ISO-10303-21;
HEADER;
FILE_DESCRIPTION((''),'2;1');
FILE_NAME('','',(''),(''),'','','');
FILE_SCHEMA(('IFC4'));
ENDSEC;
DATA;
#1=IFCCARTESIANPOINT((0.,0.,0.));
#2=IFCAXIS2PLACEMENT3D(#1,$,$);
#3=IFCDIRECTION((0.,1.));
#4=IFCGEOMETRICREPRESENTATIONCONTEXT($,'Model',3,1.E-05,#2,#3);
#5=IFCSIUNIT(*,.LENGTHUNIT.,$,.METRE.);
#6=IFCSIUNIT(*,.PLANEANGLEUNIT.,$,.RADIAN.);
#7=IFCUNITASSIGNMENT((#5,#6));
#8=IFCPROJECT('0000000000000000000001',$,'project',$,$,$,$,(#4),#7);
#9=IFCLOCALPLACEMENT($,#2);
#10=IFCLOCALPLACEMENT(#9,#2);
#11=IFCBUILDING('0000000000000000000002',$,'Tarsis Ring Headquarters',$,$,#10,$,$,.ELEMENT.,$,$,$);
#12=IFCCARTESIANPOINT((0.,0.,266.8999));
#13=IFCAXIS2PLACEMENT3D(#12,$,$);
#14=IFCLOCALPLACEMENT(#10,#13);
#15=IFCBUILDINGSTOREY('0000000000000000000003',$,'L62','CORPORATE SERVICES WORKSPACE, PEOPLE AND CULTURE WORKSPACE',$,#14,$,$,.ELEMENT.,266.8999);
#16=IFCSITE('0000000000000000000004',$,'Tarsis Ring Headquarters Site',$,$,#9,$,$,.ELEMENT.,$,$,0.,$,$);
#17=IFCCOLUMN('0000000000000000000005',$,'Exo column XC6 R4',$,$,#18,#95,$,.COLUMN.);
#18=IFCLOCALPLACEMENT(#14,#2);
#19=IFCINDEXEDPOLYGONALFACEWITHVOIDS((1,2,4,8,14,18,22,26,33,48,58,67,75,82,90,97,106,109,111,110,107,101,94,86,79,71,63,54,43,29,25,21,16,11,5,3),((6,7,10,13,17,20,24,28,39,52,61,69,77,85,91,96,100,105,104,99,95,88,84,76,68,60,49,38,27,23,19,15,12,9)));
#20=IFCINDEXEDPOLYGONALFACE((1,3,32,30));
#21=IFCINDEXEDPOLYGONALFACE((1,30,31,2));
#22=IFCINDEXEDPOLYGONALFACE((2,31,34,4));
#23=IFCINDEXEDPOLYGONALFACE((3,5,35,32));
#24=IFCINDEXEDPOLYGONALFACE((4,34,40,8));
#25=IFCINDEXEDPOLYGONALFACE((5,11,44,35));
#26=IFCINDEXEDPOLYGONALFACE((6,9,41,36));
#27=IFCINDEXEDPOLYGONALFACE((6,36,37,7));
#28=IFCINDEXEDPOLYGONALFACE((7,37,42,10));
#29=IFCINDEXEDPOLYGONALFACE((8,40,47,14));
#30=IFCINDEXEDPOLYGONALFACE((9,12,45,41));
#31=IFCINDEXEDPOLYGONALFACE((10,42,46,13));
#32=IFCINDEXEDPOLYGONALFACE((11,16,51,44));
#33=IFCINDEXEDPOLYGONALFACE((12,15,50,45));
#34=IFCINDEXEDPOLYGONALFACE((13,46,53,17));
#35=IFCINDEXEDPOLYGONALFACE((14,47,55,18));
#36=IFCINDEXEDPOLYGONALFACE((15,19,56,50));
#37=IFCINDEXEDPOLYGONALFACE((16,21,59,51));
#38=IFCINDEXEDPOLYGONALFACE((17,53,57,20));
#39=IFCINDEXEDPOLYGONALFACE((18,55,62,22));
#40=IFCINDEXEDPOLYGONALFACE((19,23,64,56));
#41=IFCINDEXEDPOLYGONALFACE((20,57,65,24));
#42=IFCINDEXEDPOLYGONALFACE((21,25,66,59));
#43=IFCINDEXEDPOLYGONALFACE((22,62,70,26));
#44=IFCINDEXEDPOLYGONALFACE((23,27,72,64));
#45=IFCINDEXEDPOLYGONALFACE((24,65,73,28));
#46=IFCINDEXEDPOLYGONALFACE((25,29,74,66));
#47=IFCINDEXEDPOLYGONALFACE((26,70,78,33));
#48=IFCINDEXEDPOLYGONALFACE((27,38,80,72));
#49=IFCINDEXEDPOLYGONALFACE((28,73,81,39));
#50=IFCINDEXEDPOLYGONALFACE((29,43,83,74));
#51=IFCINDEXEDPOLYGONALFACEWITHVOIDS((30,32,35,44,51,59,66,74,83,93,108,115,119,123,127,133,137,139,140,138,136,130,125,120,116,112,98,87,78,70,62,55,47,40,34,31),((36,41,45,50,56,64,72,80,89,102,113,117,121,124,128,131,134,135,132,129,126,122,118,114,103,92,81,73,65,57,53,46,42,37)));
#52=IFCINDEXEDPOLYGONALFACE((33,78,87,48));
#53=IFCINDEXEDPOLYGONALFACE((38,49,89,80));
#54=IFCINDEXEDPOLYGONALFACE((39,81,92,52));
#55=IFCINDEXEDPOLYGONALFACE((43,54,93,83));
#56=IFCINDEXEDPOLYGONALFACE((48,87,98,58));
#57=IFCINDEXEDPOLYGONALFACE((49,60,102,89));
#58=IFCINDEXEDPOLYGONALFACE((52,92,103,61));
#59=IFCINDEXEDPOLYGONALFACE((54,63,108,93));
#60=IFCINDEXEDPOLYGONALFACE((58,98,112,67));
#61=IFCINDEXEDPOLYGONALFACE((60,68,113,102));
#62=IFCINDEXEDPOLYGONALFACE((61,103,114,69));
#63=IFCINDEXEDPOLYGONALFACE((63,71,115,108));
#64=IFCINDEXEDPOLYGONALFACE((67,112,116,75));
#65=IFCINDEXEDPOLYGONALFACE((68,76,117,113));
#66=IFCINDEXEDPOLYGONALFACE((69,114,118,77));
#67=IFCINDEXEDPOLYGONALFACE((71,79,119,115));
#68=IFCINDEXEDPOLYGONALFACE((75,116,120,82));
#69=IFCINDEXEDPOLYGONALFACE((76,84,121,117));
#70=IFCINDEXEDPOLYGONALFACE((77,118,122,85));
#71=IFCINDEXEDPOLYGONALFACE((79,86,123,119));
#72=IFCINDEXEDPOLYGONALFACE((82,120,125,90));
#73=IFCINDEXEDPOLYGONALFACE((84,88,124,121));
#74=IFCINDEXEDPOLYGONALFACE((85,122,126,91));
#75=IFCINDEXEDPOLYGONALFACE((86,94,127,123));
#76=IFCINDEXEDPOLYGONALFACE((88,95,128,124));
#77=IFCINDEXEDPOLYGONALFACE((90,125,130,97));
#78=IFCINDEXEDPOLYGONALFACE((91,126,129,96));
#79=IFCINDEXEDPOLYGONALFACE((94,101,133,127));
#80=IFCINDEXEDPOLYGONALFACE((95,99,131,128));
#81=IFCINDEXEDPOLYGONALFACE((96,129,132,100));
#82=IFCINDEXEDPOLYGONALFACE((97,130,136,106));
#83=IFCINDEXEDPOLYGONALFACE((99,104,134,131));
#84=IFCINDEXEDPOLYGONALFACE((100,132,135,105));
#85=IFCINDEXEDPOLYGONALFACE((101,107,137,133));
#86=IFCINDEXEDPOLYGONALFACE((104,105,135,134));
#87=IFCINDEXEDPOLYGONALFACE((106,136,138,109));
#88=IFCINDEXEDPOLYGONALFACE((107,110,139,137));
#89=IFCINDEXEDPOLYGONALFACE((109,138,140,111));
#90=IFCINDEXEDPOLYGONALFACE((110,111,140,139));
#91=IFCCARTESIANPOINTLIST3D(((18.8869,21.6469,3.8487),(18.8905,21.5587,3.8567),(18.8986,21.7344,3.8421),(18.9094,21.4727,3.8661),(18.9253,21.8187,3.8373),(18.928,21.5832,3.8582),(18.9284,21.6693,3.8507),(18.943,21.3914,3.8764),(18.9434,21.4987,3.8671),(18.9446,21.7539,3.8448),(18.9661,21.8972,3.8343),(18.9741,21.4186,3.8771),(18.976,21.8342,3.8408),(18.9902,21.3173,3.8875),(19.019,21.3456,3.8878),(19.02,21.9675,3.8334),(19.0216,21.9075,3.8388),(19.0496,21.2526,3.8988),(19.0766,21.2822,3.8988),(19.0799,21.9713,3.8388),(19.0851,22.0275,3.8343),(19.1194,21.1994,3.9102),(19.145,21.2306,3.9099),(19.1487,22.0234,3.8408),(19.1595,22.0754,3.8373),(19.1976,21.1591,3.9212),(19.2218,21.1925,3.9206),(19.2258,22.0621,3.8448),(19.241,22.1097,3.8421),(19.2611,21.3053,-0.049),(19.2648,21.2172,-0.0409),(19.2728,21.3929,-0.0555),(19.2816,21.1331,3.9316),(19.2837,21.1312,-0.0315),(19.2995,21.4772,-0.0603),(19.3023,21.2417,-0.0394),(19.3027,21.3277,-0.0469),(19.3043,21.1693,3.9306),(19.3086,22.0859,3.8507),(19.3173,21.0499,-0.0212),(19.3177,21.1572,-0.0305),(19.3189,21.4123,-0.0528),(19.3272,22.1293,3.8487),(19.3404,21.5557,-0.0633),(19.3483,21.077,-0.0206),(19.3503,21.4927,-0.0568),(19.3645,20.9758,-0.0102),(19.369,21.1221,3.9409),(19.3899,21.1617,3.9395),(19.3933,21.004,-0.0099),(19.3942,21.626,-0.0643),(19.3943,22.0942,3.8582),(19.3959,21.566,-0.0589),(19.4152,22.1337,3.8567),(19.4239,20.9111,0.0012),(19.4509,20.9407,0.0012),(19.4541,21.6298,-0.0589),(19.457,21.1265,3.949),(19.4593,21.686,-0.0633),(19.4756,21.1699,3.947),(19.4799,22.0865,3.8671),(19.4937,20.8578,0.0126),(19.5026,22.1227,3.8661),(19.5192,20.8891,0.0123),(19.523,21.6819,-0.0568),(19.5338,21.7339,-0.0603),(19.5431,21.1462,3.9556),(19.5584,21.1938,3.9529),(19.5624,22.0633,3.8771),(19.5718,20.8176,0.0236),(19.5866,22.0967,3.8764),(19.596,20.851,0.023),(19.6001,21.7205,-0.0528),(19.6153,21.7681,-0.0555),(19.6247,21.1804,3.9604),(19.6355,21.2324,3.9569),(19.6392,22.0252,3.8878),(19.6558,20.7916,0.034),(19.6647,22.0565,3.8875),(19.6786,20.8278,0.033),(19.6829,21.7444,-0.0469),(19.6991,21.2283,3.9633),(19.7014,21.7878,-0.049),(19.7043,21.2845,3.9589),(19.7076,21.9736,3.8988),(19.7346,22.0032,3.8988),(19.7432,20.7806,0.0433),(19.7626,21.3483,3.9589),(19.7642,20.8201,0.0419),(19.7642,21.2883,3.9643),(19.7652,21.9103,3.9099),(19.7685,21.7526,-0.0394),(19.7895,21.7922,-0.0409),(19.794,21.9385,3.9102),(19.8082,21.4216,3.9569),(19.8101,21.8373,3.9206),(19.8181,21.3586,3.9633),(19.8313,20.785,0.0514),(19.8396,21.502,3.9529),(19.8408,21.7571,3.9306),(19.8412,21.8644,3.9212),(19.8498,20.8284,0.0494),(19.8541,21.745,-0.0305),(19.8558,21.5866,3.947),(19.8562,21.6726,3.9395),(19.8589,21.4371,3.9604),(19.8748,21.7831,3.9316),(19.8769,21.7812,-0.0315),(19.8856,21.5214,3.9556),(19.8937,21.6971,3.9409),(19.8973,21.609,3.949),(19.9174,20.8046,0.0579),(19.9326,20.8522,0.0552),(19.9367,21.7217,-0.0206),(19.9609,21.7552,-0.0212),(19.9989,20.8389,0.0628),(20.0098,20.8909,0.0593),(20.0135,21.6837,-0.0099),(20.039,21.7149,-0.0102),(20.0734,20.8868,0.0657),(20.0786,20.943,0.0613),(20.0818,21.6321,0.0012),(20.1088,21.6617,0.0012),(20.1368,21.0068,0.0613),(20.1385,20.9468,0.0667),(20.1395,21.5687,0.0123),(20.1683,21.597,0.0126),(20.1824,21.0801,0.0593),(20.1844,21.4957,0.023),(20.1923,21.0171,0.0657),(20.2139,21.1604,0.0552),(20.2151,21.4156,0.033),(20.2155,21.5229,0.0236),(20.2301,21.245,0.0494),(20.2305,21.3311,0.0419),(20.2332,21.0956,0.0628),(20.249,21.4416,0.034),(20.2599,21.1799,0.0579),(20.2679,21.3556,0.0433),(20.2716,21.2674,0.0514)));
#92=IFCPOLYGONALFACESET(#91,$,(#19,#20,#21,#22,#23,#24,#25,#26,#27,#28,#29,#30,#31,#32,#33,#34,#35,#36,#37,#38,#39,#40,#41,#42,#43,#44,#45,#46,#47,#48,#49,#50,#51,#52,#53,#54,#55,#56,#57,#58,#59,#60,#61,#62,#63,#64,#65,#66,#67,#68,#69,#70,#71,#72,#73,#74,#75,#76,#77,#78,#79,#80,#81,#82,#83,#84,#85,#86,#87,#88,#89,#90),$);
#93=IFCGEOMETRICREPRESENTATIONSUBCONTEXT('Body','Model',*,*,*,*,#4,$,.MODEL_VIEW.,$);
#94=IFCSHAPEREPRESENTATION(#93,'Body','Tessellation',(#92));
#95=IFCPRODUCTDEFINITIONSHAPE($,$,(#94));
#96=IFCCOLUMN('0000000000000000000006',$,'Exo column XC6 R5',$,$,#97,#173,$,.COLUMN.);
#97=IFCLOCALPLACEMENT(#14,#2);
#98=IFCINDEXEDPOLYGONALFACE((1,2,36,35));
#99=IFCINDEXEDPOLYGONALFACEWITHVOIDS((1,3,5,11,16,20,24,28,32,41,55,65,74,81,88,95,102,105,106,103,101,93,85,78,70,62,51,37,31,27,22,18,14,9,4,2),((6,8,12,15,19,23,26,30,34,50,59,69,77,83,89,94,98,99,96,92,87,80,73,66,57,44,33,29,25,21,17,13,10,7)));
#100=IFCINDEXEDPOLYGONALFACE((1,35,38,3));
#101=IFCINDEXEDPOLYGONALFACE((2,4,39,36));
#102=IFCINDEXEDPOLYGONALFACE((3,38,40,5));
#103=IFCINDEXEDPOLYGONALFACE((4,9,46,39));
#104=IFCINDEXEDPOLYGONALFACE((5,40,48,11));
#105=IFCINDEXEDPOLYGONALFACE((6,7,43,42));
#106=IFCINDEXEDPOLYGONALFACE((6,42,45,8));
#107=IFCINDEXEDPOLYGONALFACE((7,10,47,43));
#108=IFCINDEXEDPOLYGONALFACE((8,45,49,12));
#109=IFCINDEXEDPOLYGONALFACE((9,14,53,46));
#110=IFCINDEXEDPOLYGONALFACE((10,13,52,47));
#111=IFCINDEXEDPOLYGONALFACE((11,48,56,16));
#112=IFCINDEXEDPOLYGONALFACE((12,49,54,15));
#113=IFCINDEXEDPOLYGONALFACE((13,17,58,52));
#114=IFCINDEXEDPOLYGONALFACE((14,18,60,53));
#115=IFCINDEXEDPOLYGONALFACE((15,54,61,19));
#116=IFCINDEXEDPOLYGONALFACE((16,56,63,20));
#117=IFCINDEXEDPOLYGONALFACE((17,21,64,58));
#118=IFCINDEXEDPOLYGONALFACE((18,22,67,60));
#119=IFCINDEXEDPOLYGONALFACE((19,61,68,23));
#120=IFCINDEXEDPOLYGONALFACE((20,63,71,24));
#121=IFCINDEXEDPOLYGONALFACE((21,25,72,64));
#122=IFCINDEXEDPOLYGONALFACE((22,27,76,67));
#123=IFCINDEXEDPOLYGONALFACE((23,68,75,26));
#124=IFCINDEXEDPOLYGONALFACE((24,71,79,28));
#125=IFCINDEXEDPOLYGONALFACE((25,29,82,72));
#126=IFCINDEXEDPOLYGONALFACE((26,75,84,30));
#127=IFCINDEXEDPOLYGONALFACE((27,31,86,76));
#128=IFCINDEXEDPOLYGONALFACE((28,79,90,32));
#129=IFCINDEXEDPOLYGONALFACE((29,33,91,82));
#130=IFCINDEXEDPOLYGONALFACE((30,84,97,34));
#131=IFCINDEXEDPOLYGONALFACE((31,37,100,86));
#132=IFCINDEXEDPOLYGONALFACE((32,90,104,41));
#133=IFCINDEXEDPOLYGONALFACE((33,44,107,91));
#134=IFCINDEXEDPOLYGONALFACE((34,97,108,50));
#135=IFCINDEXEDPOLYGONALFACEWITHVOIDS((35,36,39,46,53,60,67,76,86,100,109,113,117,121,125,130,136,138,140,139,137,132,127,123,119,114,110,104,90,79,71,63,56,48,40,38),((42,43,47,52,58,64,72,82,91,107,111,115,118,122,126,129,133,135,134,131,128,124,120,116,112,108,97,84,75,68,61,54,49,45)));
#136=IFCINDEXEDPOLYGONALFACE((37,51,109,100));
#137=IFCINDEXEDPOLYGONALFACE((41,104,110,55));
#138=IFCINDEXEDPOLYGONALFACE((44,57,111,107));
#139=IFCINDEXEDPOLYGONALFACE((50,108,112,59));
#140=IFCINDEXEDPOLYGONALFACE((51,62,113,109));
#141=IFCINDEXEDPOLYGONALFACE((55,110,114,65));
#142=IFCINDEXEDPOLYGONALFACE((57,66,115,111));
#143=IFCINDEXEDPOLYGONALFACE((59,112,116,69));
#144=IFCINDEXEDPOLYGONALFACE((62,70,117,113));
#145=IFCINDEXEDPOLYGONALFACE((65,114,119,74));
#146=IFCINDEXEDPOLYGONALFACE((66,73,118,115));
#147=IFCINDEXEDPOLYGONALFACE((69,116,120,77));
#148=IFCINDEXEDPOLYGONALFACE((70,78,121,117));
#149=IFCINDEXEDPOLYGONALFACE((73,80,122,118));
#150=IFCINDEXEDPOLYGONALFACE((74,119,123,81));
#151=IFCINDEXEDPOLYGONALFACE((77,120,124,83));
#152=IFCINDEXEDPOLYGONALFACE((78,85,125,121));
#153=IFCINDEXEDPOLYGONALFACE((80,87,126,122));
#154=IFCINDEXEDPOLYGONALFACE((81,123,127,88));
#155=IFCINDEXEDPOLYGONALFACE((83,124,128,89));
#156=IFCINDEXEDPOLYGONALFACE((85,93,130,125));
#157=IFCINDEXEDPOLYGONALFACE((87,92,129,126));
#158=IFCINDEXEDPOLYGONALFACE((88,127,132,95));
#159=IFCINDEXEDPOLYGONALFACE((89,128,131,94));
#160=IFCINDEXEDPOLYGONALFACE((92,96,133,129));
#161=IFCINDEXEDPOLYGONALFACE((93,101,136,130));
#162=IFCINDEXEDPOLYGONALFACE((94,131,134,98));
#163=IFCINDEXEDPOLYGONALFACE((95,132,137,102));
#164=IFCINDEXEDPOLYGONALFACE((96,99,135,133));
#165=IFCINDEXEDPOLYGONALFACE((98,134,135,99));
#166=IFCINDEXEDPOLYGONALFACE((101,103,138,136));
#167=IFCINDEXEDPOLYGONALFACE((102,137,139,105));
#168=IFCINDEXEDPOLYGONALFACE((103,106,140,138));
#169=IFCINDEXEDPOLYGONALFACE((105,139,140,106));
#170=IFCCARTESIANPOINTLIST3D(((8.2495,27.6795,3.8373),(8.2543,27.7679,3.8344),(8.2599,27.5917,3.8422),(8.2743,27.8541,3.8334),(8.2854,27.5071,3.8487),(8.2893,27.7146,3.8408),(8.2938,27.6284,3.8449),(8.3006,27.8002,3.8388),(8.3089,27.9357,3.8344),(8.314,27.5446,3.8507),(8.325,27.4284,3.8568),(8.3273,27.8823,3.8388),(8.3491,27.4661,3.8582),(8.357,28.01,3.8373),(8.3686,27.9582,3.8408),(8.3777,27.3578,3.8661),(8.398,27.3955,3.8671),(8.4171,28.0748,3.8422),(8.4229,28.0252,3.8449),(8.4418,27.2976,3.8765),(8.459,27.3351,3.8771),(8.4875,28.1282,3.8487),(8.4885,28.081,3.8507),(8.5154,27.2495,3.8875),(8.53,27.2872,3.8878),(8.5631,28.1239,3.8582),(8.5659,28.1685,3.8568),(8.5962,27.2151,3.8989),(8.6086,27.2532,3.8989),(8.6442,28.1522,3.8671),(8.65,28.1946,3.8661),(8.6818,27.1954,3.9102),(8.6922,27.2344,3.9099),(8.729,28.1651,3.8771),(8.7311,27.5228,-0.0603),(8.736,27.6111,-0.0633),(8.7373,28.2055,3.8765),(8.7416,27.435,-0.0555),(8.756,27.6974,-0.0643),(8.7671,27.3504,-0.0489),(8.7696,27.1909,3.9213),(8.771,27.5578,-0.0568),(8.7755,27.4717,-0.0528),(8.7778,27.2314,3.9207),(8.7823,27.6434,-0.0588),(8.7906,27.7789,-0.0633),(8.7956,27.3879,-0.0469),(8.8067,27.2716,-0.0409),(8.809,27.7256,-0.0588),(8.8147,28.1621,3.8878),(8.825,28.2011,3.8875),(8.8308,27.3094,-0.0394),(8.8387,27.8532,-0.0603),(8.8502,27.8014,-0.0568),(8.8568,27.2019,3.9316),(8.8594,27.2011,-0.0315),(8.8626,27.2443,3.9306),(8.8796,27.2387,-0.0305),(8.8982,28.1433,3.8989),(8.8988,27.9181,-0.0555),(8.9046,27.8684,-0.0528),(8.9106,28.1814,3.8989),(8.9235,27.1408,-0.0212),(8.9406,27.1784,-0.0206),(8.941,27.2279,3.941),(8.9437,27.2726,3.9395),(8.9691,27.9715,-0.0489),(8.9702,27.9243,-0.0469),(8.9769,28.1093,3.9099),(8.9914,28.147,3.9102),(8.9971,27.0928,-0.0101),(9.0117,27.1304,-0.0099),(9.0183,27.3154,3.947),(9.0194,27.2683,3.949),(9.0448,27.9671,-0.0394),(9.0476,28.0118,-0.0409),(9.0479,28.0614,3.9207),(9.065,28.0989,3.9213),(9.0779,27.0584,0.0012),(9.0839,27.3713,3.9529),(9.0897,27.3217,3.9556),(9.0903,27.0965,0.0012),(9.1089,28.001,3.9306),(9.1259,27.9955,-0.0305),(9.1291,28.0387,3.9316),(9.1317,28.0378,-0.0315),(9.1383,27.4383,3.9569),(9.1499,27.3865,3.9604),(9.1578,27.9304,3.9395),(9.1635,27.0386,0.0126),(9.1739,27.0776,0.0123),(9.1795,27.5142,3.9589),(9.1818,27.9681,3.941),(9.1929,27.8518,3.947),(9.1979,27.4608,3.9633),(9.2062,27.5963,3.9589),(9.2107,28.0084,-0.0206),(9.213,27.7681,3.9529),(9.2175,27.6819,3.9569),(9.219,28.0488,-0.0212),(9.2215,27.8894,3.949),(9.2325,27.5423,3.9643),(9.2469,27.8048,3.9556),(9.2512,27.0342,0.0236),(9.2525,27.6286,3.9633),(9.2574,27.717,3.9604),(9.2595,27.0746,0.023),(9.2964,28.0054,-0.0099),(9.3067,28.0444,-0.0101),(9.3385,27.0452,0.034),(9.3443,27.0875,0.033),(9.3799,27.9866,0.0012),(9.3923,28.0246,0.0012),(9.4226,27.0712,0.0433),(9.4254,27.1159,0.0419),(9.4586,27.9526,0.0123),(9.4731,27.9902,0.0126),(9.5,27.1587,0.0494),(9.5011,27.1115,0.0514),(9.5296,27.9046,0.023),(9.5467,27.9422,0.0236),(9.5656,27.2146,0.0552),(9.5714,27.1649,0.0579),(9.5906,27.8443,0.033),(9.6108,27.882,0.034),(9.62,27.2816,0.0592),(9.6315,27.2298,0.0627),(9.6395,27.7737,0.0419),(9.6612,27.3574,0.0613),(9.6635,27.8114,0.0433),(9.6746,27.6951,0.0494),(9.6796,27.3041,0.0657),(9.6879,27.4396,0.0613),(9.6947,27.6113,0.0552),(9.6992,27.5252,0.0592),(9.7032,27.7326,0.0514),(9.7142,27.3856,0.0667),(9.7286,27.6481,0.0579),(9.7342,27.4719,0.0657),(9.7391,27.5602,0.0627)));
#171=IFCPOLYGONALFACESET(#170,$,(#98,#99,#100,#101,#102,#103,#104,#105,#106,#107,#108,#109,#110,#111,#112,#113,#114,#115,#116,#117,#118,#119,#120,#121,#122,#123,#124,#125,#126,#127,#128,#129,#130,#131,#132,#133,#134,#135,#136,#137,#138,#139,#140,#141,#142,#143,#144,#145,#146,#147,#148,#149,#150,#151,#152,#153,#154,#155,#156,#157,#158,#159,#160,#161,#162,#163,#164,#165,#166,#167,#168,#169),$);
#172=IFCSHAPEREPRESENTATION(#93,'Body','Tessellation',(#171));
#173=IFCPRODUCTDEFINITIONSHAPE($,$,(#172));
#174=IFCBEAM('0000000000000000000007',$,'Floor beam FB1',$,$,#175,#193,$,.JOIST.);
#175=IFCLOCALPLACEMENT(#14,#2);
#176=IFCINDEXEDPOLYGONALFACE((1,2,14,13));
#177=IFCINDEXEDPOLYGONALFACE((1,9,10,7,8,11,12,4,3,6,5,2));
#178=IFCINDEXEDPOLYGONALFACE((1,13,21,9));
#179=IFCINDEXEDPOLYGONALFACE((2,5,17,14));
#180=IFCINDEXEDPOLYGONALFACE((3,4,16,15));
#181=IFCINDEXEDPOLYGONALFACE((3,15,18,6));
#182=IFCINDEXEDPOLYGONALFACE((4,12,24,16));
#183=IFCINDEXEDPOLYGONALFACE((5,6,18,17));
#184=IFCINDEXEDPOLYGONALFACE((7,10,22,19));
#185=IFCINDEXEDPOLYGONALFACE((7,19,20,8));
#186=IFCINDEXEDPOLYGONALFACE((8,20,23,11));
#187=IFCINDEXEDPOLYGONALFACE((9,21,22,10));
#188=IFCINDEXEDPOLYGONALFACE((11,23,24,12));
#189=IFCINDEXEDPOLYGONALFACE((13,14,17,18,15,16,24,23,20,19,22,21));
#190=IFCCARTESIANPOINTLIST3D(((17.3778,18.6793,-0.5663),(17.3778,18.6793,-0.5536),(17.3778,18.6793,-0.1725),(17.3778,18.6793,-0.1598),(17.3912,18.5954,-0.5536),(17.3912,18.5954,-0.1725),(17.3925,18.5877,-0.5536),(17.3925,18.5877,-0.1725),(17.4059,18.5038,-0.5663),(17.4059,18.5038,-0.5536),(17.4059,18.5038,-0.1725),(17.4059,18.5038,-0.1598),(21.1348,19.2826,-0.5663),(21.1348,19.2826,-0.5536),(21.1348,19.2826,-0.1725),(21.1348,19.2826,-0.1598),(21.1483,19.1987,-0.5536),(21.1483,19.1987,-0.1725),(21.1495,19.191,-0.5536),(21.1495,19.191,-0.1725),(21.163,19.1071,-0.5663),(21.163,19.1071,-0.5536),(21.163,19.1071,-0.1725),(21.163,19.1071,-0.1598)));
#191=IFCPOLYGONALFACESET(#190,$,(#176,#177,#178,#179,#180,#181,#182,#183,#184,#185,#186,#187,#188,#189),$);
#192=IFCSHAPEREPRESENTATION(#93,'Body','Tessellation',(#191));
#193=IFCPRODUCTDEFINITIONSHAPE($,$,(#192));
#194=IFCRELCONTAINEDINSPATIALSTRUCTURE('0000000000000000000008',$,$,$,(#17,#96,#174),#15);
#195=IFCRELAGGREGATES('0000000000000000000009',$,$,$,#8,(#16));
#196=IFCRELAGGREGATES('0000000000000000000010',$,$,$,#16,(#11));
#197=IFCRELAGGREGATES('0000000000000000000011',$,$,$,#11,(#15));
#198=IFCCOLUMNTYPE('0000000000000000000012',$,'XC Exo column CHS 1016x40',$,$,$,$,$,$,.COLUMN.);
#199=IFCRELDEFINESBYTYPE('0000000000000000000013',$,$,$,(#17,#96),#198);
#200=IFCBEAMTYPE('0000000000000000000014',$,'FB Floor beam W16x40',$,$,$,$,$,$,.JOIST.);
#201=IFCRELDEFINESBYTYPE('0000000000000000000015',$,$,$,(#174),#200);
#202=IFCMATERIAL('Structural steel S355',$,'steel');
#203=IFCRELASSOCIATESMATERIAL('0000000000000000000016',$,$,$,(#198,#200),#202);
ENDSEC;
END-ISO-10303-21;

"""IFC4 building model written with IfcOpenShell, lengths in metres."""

from ifc_helpers import new_model, si_unit, direction, frame, origin, origin_2d, place, context, subcontext, project, spatial, hollow_circle, i_section, extrude, material, material_profile, profile_set, type_object, element, save


model = new_model("IFC4")

# Units and contexts
model_context = context("Model", 3, precision=1e-05, world=origin(), true_north=direction((0.0, 1.0)))
body_context = subcontext(model_context, "Body", "Model", "MODEL_VIEW")
ifc_project = project(units=[si_unit("LENGTHUNIT", "METRE"), si_unit("PLANEANGLEUNIT", "RADIAN")], contexts=[model_context])

# Site, building, storey
site_placement = place(None, origin())
site = spatial("IfcSite", under=ifc_project, at=site_placement, Name="Tarsis Ring Headquarters Site", CompositionType="ELEMENT", RefElevation=0.0)
building_placement = place(site_placement, origin())
building = spatial("IfcBuilding", under=site, at=building_placement, Name="Tarsis Ring Headquarters", CompositionType="ELEMENT")
storey_placement = place(building_placement, frame((0.0, 0.0, 266.8999)))
storey = spatial("IfcBuildingStorey", under=building, at=storey_placement, Name="L62", Description="CORPORATE SERVICES WORKSPACE, PEOPLE AND CULTURE WORKSPACE", CompositionType="ELEMENT", Elevation=266.8999)

# Columns
ifc_material_1 = material(Name="Structural steel S355", Category="steel")
ifc_material_profile_1 = material_profile(ifc_material_1, hollow_circle(Radius=0.5081, WallThickness=0.04, at=origin_2d()), Name="CHS 1016x40")
ifc_profile_set_1 = profile_set([ifc_material_profile_1], Name="Structural steel S355")
column_type = type_object("IfcColumnType", Name="XC Exo column CHS 1016x40", PredefinedType="COLUMN", material=ifc_profile_set_1)
for number, where, z_axis, x_axis, name in (
    (1, (19.7664, 21.2864, 0.0012), (-0.095221, 0.086898, 0.991656), (-0.674087, -0.738652, 0.0), "Exo column XC6 R4"),
    (2, (9.2351, 27.5415, 0.0012), (-0.122552, 0.039878, 0.991661), (-0.309424, -0.950924, 0.0), "Exo column XC6 R5"),
):
    element("IfcColumn", number, at=place(storey_placement, frame(where, z_axis=z_axis, x_axis=x_axis)), inside=storey, type_object=column_type, Name=name, PredefinedType="COLUMN", context=body_context, shape_type="SweptSolid", body=[
        extrude(hollow_circle(Radius=0.5081, WallThickness=0.04, at=origin_2d()), origin(), (0.0, 0.0, 1.0), 3.9304),
    ])

# Beam
ifc_material_profile_2 = material_profile(ifc_material_1, i_section(OverallWidth=0.1777, OverallDepth=0.4065, WebThickness=0.0078, FlangeThickness=0.0127, at=origin_2d()), Name="W16x40")
ifc_profile_set_2 = profile_set([ifc_material_profile_2], Name="Structural steel S355")
beam_type_1 = type_object("IfcBeamType", Name="FB Floor beam W16x40", PredefinedType="JOIST", material=ifc_profile_set_2)
beam_1_placement = place(storey_placement, frame((17.3918, 18.5916, -0.363), z_axis=(0.987353, 0.158538, 0.0), x_axis=(-0.158538, 0.987353, 0.0)))
element("IfcBeam", 3, at=beam_1_placement, inside=storey, type_object=beam_type_1, Name="Floor beam FB1", PredefinedType="JOIST", context=body_context, shape_type="SweptSolid", body=[
    extrude(i_section(OverallWidth=0.1777, OverallDepth=0.4065, WebThickness=0.0078, FlangeThickness=0.0127, at=origin_2d()), origin(), (0.0, 0.0, 1.0), 3.8052),
])

save(model, "model.ifc")
